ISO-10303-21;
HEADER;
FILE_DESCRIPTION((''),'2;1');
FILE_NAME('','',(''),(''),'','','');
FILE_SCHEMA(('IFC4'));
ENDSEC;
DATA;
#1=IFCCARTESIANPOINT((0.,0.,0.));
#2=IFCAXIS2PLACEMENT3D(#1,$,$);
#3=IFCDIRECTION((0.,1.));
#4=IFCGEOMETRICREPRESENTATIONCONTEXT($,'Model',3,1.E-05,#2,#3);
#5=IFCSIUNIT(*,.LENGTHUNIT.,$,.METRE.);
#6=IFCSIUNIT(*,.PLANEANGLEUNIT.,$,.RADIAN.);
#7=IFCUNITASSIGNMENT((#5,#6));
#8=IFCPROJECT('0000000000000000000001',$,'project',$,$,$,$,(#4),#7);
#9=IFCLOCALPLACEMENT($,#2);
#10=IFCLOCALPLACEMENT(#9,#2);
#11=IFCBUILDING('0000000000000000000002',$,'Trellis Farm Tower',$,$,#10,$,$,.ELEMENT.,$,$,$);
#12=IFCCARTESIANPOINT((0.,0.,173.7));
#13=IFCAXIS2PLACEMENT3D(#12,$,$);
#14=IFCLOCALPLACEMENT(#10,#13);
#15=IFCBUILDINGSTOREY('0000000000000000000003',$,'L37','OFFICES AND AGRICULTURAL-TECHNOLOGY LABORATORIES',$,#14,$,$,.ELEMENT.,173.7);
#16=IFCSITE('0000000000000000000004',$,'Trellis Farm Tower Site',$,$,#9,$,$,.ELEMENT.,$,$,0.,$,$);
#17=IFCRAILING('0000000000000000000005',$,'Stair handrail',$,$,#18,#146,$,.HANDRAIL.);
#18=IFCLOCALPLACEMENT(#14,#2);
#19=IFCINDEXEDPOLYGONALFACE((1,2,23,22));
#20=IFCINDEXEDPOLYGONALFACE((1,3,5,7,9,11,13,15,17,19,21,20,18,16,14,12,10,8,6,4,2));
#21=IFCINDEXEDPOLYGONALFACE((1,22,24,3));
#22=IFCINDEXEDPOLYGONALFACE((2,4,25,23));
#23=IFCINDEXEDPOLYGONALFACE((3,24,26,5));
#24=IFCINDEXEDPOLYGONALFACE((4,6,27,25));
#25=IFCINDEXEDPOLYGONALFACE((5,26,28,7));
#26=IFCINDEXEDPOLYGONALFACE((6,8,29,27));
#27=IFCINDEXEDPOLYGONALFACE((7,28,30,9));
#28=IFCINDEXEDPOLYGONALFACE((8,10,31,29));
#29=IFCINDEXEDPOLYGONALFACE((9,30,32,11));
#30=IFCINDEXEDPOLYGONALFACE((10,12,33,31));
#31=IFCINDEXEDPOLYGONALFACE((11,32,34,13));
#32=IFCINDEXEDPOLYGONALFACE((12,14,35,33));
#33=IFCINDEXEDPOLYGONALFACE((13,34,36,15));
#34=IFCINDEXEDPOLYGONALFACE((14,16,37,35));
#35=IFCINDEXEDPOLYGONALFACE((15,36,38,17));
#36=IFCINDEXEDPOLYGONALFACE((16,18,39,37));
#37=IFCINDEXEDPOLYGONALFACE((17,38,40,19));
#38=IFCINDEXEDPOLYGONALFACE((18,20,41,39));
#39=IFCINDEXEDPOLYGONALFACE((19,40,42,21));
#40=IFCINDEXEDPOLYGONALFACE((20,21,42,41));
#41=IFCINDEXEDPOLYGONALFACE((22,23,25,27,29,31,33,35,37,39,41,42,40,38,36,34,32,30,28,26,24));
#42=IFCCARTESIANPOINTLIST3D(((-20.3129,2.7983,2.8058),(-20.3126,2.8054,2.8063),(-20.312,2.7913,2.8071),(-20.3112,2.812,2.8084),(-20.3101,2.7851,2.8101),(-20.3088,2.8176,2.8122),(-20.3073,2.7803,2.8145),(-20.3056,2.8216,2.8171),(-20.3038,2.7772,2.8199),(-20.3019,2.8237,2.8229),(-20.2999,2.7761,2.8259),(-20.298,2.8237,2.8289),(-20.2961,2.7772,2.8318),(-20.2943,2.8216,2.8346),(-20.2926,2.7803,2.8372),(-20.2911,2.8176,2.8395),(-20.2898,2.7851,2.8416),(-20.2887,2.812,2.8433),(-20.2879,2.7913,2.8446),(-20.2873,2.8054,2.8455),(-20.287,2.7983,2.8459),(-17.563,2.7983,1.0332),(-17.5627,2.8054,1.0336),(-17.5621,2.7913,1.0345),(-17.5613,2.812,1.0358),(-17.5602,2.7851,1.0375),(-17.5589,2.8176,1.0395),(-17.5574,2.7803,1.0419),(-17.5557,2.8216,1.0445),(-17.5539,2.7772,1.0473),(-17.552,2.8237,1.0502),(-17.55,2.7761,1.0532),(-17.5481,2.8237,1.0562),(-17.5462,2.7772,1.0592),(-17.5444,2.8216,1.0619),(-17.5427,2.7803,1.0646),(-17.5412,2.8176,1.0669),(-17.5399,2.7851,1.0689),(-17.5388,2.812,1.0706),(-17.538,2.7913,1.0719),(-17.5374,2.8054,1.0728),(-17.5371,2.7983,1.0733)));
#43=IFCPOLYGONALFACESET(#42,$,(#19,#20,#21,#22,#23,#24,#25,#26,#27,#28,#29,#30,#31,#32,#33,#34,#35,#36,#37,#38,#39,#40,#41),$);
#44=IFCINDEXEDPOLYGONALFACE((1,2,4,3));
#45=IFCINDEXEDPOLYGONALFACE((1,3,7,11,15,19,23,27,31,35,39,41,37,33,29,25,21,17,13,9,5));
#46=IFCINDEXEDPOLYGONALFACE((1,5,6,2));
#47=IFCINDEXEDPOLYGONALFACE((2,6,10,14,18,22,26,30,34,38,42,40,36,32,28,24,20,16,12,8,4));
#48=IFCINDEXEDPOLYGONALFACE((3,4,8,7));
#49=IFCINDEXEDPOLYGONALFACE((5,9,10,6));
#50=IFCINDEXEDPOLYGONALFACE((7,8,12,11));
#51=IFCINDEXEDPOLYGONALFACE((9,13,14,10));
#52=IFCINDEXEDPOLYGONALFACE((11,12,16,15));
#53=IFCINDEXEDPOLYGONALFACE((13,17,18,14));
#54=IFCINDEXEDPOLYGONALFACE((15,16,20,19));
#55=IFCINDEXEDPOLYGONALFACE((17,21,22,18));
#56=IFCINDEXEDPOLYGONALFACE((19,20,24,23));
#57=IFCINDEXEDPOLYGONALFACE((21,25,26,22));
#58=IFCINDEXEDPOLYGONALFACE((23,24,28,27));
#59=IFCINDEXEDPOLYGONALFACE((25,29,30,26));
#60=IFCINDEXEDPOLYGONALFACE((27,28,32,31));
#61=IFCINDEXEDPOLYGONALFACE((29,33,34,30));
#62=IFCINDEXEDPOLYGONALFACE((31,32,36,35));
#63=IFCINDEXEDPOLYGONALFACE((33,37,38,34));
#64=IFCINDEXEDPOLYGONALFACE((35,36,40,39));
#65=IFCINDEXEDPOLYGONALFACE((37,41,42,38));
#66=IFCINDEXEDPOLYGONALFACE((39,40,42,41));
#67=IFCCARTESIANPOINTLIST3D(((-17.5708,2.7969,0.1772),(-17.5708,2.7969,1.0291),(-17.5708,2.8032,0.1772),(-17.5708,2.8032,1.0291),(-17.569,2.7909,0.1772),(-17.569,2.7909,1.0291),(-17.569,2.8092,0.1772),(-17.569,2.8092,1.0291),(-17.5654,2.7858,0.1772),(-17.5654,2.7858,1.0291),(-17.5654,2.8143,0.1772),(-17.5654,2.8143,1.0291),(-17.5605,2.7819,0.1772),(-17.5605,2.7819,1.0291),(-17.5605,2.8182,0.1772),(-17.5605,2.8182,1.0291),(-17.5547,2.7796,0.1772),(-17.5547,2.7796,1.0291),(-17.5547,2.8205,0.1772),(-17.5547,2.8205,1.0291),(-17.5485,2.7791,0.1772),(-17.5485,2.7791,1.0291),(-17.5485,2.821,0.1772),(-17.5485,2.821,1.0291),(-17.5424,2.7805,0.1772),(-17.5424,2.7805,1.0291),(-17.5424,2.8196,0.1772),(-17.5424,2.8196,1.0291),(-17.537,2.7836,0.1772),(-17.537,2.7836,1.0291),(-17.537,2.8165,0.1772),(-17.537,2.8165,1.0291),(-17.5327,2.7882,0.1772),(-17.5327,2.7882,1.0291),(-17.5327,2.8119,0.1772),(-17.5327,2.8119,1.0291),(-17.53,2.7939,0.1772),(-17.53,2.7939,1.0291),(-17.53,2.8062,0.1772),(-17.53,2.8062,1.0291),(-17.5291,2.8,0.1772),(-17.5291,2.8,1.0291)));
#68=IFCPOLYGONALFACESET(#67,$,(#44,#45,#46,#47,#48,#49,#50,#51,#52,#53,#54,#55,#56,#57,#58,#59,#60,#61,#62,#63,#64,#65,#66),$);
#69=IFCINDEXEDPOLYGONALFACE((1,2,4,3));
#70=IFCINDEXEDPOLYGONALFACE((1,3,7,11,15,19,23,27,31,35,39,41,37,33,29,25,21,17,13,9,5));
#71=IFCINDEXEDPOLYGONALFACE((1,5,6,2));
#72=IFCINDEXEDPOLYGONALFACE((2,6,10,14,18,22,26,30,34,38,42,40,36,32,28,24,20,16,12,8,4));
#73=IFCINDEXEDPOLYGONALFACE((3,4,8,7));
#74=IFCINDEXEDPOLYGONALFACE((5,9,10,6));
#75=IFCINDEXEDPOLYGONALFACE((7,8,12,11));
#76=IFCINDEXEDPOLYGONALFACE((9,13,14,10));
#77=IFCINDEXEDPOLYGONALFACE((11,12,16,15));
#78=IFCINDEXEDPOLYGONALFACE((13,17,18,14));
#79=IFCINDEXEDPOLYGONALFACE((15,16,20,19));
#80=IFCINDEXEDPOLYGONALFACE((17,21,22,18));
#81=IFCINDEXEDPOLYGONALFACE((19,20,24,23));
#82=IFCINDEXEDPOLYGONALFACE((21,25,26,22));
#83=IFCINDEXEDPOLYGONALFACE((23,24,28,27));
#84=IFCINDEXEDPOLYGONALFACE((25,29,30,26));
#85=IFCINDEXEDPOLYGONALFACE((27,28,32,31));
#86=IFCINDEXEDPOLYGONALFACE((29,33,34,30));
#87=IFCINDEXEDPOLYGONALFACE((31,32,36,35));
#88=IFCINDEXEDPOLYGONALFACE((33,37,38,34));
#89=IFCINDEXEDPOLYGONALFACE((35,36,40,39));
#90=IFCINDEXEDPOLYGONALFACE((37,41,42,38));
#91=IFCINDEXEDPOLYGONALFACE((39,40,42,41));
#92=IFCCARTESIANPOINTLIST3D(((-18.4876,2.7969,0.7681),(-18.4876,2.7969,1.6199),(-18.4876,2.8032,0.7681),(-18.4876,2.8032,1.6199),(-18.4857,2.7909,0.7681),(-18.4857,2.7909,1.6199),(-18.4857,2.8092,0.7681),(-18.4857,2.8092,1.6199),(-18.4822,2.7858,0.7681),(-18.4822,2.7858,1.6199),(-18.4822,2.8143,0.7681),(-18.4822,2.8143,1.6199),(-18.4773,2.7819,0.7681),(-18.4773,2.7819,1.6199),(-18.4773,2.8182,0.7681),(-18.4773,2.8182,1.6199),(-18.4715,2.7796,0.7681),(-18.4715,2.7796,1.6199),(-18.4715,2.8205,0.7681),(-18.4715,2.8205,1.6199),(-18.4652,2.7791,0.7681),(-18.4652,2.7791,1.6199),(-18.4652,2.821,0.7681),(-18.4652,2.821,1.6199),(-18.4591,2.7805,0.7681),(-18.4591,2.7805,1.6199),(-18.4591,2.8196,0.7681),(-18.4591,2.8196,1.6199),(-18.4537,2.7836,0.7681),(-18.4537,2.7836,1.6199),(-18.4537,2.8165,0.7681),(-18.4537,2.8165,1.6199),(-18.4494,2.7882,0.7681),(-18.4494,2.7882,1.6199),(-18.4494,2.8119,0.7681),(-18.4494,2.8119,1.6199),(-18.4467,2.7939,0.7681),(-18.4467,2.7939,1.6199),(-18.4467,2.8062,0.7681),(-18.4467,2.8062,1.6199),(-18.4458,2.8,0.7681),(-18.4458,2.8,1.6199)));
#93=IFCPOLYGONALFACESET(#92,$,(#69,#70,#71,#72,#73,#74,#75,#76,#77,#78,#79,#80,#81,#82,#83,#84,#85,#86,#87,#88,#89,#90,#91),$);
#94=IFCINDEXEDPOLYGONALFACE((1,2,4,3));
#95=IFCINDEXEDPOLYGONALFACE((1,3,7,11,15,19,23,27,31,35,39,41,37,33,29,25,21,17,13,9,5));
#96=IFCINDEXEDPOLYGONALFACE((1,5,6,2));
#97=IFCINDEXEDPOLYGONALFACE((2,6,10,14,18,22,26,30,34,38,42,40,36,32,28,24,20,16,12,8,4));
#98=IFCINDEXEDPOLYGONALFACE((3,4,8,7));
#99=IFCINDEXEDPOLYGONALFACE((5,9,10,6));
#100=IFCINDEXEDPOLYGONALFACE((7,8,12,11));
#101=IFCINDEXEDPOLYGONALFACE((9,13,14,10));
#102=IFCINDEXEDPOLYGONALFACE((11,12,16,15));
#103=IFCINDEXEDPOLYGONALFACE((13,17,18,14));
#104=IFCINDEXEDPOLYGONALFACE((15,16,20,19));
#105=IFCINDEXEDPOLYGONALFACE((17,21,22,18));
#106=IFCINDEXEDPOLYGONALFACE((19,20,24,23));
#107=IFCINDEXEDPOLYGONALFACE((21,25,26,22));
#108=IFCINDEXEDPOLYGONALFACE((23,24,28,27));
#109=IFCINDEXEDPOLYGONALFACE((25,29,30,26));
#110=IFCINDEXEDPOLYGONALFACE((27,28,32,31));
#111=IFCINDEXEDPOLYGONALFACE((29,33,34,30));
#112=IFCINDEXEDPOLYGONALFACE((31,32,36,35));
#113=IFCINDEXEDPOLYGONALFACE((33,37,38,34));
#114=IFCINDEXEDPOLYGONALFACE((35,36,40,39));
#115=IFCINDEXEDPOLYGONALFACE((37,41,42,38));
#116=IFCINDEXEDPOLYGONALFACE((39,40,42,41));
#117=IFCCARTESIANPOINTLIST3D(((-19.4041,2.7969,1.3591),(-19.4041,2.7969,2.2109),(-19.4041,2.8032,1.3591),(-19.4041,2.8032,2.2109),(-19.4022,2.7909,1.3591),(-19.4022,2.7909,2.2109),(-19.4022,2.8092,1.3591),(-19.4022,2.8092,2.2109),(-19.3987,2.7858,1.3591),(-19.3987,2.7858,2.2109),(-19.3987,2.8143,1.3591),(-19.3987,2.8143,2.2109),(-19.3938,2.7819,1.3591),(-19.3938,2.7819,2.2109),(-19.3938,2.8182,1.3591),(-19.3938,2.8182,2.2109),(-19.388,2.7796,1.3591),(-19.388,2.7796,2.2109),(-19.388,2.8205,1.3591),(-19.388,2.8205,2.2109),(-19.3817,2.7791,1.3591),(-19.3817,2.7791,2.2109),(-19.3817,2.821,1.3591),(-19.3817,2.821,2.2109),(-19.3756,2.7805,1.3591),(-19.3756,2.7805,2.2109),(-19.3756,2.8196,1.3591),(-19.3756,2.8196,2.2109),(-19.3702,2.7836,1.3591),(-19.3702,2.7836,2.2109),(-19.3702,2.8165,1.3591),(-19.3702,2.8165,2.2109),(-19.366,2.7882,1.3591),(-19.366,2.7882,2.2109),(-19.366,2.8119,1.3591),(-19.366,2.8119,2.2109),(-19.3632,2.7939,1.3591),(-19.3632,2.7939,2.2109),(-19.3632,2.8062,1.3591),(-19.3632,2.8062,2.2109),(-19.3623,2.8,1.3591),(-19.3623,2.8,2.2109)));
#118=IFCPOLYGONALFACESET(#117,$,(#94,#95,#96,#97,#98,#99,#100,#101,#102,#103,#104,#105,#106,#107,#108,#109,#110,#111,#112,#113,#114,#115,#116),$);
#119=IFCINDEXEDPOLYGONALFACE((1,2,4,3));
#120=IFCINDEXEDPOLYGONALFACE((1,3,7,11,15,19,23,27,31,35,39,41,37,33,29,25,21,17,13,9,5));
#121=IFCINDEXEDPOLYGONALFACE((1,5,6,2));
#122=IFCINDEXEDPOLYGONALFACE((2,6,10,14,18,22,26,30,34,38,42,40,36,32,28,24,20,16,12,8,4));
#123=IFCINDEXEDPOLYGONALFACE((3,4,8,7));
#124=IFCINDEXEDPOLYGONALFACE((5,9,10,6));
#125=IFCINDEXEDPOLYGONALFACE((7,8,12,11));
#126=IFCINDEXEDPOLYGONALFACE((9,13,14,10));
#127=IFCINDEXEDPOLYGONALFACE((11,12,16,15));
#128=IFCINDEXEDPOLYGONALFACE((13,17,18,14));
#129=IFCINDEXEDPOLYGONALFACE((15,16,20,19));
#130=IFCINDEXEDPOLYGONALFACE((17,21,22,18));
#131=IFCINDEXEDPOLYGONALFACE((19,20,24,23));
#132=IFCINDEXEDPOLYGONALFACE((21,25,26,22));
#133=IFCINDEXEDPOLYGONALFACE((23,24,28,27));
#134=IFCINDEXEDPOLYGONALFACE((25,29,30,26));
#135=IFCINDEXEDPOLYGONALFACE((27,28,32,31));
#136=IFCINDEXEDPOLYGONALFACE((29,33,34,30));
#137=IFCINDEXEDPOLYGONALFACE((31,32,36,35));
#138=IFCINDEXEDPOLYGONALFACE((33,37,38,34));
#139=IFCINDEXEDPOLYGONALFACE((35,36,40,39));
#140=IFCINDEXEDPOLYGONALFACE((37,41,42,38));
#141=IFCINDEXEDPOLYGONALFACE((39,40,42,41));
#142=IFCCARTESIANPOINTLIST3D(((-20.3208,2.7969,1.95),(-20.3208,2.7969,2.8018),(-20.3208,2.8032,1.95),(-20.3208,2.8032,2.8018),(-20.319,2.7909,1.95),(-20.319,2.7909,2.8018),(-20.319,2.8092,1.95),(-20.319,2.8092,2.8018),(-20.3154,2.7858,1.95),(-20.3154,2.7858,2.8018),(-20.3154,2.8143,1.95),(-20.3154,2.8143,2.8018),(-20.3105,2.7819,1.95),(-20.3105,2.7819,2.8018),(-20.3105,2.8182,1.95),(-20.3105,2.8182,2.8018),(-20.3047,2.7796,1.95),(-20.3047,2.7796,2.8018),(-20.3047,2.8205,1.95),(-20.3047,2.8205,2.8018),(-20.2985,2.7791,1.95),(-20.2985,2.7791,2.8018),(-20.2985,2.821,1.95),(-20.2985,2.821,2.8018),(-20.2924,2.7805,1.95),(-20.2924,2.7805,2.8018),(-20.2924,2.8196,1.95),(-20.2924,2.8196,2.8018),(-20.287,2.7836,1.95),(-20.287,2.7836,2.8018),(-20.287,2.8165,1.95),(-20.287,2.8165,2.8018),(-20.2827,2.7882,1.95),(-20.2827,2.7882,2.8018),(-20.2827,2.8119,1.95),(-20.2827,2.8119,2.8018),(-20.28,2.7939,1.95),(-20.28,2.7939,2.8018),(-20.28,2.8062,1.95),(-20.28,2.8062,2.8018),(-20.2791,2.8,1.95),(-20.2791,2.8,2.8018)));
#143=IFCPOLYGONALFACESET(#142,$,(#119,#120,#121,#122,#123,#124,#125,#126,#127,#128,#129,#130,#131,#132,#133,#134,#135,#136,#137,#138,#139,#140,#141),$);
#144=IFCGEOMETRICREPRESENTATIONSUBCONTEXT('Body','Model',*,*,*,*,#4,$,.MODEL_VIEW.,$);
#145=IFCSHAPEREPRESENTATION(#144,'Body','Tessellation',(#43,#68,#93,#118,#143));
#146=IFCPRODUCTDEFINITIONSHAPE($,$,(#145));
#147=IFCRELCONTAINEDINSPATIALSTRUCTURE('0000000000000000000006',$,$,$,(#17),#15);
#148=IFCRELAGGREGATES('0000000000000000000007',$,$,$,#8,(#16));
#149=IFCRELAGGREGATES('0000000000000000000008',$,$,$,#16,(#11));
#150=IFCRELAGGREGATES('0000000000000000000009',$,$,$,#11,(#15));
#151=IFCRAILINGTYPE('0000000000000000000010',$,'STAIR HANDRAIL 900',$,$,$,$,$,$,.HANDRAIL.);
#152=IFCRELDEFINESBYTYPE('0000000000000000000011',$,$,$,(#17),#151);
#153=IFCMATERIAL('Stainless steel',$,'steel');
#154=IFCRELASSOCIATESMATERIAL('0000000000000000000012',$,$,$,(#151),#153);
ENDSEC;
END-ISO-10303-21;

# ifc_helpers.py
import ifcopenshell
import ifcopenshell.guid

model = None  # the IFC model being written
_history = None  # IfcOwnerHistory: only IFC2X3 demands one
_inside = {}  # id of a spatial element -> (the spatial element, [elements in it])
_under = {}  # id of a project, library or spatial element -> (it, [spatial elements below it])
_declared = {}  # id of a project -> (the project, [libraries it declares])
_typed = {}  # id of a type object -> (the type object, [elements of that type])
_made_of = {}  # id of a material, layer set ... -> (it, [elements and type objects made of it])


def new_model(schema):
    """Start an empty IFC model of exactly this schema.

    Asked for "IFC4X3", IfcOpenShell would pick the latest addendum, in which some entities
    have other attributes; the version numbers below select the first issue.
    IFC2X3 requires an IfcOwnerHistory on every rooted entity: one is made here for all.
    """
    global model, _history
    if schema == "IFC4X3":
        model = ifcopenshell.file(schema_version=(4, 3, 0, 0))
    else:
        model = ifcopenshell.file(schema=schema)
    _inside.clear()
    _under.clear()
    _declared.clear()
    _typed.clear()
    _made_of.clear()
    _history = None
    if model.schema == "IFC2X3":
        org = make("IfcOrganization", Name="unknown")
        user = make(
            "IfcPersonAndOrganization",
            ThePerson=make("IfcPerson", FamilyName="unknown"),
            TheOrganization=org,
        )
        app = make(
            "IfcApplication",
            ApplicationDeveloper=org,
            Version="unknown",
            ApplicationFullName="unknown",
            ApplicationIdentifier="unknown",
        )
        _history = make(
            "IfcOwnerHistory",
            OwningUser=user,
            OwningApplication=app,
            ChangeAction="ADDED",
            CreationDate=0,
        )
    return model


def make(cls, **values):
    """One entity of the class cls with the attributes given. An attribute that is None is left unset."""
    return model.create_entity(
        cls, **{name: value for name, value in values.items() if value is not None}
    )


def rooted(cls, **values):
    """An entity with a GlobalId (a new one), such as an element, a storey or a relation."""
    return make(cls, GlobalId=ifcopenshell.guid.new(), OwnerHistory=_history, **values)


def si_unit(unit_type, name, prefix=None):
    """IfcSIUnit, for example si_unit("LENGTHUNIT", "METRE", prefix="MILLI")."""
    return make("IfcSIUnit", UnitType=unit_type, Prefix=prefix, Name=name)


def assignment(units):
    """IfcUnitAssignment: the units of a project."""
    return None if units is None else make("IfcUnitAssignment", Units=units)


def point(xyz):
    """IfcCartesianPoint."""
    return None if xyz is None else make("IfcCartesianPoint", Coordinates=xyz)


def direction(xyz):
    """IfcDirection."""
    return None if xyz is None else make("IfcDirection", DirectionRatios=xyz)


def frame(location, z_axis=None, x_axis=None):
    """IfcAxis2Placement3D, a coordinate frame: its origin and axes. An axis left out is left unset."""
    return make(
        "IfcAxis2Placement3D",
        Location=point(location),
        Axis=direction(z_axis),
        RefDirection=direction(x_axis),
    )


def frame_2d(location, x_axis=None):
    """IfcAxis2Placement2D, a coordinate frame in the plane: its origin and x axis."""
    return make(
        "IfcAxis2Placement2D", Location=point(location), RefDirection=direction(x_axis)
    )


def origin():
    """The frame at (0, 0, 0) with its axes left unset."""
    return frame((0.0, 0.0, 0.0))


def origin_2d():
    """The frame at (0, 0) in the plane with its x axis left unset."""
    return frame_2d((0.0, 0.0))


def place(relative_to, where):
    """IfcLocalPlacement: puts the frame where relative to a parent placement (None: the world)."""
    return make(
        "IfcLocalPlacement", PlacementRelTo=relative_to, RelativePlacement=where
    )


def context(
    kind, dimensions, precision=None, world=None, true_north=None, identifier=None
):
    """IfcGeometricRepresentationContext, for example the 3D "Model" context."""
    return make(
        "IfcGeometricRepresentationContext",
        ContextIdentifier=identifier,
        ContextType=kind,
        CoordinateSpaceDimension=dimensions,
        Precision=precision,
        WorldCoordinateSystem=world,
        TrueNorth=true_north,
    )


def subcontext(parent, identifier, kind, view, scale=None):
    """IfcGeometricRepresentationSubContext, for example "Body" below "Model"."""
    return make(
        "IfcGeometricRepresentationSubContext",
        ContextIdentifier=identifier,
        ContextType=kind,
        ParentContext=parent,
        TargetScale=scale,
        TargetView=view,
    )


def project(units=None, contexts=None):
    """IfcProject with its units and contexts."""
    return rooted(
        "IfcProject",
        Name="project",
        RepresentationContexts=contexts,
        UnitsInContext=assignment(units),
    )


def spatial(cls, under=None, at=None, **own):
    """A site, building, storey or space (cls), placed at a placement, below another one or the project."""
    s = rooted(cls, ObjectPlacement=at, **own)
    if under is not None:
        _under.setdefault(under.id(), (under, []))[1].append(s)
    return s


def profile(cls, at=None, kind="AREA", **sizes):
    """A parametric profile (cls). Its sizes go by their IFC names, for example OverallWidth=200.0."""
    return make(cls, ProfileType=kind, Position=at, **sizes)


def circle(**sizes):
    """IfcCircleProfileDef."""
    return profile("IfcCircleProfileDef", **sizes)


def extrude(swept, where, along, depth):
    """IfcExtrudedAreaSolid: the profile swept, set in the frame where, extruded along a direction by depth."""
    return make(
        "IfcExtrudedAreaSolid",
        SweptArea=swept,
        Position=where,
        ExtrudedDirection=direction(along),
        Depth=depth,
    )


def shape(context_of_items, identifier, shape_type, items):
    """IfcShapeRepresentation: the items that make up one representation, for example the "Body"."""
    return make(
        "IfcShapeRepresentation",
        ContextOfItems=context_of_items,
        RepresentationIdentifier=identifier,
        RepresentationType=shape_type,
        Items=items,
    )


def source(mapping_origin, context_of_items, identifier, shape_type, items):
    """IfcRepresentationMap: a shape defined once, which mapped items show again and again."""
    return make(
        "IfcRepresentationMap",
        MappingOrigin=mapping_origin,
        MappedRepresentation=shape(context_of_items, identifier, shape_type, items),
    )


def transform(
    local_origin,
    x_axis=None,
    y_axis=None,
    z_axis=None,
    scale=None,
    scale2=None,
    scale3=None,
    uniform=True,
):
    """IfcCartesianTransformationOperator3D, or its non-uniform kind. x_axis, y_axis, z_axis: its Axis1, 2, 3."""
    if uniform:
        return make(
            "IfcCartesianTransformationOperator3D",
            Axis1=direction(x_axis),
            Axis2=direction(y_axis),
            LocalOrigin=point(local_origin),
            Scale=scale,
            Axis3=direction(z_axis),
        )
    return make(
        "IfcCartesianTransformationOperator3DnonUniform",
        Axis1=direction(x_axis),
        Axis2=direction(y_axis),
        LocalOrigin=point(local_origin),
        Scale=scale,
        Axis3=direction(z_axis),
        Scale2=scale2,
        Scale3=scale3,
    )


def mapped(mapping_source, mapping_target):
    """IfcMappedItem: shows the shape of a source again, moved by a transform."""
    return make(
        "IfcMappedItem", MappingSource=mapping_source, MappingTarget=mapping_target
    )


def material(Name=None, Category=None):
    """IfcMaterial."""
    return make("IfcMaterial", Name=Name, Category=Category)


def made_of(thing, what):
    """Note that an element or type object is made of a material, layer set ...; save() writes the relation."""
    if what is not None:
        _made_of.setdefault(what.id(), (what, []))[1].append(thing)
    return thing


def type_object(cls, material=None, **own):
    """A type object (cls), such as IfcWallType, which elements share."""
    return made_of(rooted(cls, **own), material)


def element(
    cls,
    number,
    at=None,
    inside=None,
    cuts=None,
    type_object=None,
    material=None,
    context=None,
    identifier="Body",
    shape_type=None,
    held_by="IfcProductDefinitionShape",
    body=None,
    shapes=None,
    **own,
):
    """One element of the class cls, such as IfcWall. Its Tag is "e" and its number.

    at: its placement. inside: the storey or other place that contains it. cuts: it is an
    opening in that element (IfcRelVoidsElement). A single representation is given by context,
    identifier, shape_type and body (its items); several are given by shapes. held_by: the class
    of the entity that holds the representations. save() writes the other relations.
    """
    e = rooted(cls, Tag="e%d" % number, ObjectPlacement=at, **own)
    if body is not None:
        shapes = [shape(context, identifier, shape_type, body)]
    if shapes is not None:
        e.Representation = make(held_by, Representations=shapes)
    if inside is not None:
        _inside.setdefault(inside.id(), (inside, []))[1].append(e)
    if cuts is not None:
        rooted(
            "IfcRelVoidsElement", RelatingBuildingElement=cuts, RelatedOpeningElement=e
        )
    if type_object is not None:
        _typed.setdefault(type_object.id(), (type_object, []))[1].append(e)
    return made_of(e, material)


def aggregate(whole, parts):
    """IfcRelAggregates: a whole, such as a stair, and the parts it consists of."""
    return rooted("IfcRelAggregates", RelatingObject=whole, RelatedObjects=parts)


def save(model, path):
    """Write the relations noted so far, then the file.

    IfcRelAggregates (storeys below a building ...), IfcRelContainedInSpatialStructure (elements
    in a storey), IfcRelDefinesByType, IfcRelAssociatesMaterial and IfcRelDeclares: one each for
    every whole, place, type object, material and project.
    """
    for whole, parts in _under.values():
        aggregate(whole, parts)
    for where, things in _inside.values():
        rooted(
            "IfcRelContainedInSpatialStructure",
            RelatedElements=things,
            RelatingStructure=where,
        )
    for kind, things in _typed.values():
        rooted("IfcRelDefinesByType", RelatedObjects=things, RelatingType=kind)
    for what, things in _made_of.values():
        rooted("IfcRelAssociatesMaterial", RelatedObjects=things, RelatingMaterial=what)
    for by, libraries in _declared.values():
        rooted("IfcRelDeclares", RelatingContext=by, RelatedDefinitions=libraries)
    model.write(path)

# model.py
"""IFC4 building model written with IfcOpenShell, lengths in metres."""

from ifc_helpers import new_model, si_unit, direction, frame, origin, origin_2d, place, context, subcontext, project, spatial, circle, extrude, source, transform, mapped, material, type_object, element, save


model = new_model("IFC4")

# Units and contexts
model_context = context("Model", 3, precision=1e-05, world=origin(), true_north=direction((0.0, 1.0)))
body_context = subcontext(model_context, "Body", "Model", "MODEL_VIEW")
ifc_project = project(units=[si_unit("LENGTHUNIT", "METRE"), si_unit("PLANEANGLEUNIT", "RADIAN")], contexts=[model_context])

# Site, building, storey
site_placement = place(None, origin())
site = spatial("IfcSite", under=ifc_project, at=site_placement, Name="Trellis Farm Tower Site", CompositionType="ELEMENT", RefElevation=0.0)
building_placement = place(site_placement, origin())
building = spatial("IfcBuilding", under=site, at=building_placement, Name="Trellis Farm Tower", CompositionType="ELEMENT")
storey_placement = place(building_placement, frame((0.0, 0.0, 173.7)))
storey = spatial("IfcBuildingStorey", under=building, at=storey_placement, Name="L37", Description="OFFICES AND AGRICULTURAL-TECHNOLOGY LABORATORIES", CompositionType="ELEMENT", Elevation=173.7)

# Railing
ifc_material_1 = material(Name="Stainless steel", Category="steel")
railing_type = type_object("IfcRailingType", Name="STAIR HANDRAIL 900", PredefinedType="HANDRAIL", material=ifc_material_1)
shared_shape_1 = source(origin(), body_context, "Body", "SweptSolid", [
    extrude(circle(Radius=0.0239, at=origin_2d()), frame((0.0, 0.0, 0.876), z_axis=(-0.840504, 0.0, 0.541806), x_axis=(0.0, -1.0, 0.0)), (0.0, 0.0, 1.0), 3.2717),
    extrude(circle(Radius=0.021, at=origin_2d()), origin(), (0.0, 0.0, 1.0), 0.8518),
    extrude(circle(Radius=0.021, at=origin_2d()), frame((-0.9167, 0.0, 0.5908)), (0.0, 0.0, 1.0), 0.8518),
    extrude(circle(Radius=0.021, at=origin_2d()), frame((-1.8333, 0.0, 1.1819)), (0.0, 0.0, 1.0), 0.8518),
    extrude(circle(Radius=0.021, at=origin_2d()), frame((-2.75, 0.0, 1.7727)), (0.0, 0.0, 1.0), 0.8518),
])
for number, where, name in (
    (1, (-17.55, 2.8, 0.1772), "Stair handrail"),
):
    element("IfcRailing", number, at=place(storey_placement, frame(where)), inside=storey, type_object=railing_type, Name=name, PredefinedType="HANDRAIL", context=body_context, shape_type="MappedRepresentation", body=[
        mapped(shared_shape_1, transform((0.0, 0.0, 0.0))),
    ])

save(model, "model.ifc")
